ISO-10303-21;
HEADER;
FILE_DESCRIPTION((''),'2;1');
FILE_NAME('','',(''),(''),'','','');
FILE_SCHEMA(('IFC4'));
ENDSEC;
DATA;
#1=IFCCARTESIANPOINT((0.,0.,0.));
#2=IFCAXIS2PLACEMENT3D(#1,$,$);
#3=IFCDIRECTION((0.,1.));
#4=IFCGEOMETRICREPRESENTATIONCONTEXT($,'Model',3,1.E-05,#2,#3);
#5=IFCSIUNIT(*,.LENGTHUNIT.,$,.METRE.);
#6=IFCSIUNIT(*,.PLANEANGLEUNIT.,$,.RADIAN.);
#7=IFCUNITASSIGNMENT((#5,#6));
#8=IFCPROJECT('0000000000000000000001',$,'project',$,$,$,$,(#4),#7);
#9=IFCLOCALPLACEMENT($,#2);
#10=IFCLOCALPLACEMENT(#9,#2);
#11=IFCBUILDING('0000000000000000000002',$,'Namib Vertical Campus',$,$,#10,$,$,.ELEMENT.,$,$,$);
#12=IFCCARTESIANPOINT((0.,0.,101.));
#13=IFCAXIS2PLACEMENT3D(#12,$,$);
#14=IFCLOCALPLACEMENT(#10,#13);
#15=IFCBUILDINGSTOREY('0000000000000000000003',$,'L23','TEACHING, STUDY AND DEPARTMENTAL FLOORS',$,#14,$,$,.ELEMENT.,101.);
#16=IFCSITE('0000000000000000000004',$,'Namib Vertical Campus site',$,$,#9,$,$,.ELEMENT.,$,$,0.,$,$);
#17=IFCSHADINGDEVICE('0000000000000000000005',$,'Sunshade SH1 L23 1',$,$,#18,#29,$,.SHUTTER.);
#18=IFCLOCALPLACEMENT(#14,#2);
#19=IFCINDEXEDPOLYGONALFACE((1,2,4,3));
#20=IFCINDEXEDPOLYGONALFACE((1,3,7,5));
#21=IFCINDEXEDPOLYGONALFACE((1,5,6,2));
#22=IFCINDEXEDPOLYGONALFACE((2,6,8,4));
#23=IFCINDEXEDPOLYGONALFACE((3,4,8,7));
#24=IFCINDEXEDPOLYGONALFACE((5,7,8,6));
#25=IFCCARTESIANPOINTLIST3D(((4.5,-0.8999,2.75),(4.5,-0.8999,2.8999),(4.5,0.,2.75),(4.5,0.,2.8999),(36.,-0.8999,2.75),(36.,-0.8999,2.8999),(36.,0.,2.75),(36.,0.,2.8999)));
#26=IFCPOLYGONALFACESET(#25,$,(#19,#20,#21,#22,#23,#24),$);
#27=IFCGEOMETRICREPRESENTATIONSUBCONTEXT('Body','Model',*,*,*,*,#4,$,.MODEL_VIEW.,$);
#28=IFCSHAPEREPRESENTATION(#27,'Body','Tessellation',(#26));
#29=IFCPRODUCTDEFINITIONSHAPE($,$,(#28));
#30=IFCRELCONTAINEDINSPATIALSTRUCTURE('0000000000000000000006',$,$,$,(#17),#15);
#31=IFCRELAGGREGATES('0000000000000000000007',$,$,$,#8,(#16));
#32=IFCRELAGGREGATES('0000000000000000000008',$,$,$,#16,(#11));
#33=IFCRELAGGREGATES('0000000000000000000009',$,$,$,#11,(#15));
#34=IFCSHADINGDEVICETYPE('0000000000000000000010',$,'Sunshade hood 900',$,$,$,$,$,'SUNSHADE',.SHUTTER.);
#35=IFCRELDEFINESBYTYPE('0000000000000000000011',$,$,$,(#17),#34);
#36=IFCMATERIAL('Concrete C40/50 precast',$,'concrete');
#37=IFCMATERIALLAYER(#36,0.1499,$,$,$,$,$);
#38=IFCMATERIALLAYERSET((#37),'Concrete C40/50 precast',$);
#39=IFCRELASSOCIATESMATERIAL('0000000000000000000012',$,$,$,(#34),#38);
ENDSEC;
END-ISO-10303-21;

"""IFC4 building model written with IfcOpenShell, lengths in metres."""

from ifc_helpers import new_model, si_unit, direction, frame, origin, origin_2d, place, context, subcontext, project, spatial, rectangle, extrude, material, layer, layer_set, type_object, element, save


model = new_model("IFC4")

# Units and contexts
model_context = context("Model", 3, precision=1e-05, world=origin(), true_north=direction((0.0, 1.0)))
body_context = subcontext(model_context, "Body", "Model", "MODEL_VIEW")
ifc_project = project(units=[si_unit("LENGTHUNIT", "METRE"), si_unit("PLANEANGLEUNIT", "RADIAN")], contexts=[model_context])

# Site, building, storey
site_placement = place(None, origin())
site = spatial("IfcSite", under=ifc_project, at=site_placement, Name="Namib Vertical Campus site", CompositionType="ELEMENT", RefElevation=0.0)
building_placement = place(site_placement, origin())
building = spatial("IfcBuilding", under=site, at=building_placement, Name="Namib Vertical Campus", CompositionType="ELEMENT")
storey_placement = place(building_placement, frame((0.0, 0.0, 101.0)))
storey = spatial("IfcBuildingStorey", under=building, at=storey_placement, Name="L23", Description="TEACHING, STUDY AND DEPARTMENTAL FLOORS", CompositionType="ELEMENT", Elevation=101.0)

# Shading device
ifc_material_1 = material(Name="Concrete C40/50 precast", Category="concrete")
ifc_layer_1 = layer(ifc_material_1, 0.1499)
ifc_layer_set_1 = layer_set([ifc_layer_1], Name="Concrete C40/50 precast")
shading_device_type = type_object("IfcShadingDeviceType", Name="Sunshade hood 900", ElementType="SUNSHADE", PredefinedType="SHUTTER", material=ifc_layer_set_1)
shading_device_placement = place(storey_placement, frame((20.25, -0.45, 2.75), z_axis=(0.0, 0.0, 1.0), x_axis=(1.0, 0.0, 0.0)))
element("IfcShadingDevice", 1, at=shading_device_placement, inside=storey, type_object=shading_device_type, Name="Sunshade SH1 L23 1", PredefinedType="SHUTTER", context=body_context, shape_type="SweptSolid", body=[
    extrude(rectangle(XDim=31.5, YDim=0.8999, at=origin_2d()), origin(), (0.0, 0.0, 1.0), 0.1499),
])

save(model, "model.ifc")
